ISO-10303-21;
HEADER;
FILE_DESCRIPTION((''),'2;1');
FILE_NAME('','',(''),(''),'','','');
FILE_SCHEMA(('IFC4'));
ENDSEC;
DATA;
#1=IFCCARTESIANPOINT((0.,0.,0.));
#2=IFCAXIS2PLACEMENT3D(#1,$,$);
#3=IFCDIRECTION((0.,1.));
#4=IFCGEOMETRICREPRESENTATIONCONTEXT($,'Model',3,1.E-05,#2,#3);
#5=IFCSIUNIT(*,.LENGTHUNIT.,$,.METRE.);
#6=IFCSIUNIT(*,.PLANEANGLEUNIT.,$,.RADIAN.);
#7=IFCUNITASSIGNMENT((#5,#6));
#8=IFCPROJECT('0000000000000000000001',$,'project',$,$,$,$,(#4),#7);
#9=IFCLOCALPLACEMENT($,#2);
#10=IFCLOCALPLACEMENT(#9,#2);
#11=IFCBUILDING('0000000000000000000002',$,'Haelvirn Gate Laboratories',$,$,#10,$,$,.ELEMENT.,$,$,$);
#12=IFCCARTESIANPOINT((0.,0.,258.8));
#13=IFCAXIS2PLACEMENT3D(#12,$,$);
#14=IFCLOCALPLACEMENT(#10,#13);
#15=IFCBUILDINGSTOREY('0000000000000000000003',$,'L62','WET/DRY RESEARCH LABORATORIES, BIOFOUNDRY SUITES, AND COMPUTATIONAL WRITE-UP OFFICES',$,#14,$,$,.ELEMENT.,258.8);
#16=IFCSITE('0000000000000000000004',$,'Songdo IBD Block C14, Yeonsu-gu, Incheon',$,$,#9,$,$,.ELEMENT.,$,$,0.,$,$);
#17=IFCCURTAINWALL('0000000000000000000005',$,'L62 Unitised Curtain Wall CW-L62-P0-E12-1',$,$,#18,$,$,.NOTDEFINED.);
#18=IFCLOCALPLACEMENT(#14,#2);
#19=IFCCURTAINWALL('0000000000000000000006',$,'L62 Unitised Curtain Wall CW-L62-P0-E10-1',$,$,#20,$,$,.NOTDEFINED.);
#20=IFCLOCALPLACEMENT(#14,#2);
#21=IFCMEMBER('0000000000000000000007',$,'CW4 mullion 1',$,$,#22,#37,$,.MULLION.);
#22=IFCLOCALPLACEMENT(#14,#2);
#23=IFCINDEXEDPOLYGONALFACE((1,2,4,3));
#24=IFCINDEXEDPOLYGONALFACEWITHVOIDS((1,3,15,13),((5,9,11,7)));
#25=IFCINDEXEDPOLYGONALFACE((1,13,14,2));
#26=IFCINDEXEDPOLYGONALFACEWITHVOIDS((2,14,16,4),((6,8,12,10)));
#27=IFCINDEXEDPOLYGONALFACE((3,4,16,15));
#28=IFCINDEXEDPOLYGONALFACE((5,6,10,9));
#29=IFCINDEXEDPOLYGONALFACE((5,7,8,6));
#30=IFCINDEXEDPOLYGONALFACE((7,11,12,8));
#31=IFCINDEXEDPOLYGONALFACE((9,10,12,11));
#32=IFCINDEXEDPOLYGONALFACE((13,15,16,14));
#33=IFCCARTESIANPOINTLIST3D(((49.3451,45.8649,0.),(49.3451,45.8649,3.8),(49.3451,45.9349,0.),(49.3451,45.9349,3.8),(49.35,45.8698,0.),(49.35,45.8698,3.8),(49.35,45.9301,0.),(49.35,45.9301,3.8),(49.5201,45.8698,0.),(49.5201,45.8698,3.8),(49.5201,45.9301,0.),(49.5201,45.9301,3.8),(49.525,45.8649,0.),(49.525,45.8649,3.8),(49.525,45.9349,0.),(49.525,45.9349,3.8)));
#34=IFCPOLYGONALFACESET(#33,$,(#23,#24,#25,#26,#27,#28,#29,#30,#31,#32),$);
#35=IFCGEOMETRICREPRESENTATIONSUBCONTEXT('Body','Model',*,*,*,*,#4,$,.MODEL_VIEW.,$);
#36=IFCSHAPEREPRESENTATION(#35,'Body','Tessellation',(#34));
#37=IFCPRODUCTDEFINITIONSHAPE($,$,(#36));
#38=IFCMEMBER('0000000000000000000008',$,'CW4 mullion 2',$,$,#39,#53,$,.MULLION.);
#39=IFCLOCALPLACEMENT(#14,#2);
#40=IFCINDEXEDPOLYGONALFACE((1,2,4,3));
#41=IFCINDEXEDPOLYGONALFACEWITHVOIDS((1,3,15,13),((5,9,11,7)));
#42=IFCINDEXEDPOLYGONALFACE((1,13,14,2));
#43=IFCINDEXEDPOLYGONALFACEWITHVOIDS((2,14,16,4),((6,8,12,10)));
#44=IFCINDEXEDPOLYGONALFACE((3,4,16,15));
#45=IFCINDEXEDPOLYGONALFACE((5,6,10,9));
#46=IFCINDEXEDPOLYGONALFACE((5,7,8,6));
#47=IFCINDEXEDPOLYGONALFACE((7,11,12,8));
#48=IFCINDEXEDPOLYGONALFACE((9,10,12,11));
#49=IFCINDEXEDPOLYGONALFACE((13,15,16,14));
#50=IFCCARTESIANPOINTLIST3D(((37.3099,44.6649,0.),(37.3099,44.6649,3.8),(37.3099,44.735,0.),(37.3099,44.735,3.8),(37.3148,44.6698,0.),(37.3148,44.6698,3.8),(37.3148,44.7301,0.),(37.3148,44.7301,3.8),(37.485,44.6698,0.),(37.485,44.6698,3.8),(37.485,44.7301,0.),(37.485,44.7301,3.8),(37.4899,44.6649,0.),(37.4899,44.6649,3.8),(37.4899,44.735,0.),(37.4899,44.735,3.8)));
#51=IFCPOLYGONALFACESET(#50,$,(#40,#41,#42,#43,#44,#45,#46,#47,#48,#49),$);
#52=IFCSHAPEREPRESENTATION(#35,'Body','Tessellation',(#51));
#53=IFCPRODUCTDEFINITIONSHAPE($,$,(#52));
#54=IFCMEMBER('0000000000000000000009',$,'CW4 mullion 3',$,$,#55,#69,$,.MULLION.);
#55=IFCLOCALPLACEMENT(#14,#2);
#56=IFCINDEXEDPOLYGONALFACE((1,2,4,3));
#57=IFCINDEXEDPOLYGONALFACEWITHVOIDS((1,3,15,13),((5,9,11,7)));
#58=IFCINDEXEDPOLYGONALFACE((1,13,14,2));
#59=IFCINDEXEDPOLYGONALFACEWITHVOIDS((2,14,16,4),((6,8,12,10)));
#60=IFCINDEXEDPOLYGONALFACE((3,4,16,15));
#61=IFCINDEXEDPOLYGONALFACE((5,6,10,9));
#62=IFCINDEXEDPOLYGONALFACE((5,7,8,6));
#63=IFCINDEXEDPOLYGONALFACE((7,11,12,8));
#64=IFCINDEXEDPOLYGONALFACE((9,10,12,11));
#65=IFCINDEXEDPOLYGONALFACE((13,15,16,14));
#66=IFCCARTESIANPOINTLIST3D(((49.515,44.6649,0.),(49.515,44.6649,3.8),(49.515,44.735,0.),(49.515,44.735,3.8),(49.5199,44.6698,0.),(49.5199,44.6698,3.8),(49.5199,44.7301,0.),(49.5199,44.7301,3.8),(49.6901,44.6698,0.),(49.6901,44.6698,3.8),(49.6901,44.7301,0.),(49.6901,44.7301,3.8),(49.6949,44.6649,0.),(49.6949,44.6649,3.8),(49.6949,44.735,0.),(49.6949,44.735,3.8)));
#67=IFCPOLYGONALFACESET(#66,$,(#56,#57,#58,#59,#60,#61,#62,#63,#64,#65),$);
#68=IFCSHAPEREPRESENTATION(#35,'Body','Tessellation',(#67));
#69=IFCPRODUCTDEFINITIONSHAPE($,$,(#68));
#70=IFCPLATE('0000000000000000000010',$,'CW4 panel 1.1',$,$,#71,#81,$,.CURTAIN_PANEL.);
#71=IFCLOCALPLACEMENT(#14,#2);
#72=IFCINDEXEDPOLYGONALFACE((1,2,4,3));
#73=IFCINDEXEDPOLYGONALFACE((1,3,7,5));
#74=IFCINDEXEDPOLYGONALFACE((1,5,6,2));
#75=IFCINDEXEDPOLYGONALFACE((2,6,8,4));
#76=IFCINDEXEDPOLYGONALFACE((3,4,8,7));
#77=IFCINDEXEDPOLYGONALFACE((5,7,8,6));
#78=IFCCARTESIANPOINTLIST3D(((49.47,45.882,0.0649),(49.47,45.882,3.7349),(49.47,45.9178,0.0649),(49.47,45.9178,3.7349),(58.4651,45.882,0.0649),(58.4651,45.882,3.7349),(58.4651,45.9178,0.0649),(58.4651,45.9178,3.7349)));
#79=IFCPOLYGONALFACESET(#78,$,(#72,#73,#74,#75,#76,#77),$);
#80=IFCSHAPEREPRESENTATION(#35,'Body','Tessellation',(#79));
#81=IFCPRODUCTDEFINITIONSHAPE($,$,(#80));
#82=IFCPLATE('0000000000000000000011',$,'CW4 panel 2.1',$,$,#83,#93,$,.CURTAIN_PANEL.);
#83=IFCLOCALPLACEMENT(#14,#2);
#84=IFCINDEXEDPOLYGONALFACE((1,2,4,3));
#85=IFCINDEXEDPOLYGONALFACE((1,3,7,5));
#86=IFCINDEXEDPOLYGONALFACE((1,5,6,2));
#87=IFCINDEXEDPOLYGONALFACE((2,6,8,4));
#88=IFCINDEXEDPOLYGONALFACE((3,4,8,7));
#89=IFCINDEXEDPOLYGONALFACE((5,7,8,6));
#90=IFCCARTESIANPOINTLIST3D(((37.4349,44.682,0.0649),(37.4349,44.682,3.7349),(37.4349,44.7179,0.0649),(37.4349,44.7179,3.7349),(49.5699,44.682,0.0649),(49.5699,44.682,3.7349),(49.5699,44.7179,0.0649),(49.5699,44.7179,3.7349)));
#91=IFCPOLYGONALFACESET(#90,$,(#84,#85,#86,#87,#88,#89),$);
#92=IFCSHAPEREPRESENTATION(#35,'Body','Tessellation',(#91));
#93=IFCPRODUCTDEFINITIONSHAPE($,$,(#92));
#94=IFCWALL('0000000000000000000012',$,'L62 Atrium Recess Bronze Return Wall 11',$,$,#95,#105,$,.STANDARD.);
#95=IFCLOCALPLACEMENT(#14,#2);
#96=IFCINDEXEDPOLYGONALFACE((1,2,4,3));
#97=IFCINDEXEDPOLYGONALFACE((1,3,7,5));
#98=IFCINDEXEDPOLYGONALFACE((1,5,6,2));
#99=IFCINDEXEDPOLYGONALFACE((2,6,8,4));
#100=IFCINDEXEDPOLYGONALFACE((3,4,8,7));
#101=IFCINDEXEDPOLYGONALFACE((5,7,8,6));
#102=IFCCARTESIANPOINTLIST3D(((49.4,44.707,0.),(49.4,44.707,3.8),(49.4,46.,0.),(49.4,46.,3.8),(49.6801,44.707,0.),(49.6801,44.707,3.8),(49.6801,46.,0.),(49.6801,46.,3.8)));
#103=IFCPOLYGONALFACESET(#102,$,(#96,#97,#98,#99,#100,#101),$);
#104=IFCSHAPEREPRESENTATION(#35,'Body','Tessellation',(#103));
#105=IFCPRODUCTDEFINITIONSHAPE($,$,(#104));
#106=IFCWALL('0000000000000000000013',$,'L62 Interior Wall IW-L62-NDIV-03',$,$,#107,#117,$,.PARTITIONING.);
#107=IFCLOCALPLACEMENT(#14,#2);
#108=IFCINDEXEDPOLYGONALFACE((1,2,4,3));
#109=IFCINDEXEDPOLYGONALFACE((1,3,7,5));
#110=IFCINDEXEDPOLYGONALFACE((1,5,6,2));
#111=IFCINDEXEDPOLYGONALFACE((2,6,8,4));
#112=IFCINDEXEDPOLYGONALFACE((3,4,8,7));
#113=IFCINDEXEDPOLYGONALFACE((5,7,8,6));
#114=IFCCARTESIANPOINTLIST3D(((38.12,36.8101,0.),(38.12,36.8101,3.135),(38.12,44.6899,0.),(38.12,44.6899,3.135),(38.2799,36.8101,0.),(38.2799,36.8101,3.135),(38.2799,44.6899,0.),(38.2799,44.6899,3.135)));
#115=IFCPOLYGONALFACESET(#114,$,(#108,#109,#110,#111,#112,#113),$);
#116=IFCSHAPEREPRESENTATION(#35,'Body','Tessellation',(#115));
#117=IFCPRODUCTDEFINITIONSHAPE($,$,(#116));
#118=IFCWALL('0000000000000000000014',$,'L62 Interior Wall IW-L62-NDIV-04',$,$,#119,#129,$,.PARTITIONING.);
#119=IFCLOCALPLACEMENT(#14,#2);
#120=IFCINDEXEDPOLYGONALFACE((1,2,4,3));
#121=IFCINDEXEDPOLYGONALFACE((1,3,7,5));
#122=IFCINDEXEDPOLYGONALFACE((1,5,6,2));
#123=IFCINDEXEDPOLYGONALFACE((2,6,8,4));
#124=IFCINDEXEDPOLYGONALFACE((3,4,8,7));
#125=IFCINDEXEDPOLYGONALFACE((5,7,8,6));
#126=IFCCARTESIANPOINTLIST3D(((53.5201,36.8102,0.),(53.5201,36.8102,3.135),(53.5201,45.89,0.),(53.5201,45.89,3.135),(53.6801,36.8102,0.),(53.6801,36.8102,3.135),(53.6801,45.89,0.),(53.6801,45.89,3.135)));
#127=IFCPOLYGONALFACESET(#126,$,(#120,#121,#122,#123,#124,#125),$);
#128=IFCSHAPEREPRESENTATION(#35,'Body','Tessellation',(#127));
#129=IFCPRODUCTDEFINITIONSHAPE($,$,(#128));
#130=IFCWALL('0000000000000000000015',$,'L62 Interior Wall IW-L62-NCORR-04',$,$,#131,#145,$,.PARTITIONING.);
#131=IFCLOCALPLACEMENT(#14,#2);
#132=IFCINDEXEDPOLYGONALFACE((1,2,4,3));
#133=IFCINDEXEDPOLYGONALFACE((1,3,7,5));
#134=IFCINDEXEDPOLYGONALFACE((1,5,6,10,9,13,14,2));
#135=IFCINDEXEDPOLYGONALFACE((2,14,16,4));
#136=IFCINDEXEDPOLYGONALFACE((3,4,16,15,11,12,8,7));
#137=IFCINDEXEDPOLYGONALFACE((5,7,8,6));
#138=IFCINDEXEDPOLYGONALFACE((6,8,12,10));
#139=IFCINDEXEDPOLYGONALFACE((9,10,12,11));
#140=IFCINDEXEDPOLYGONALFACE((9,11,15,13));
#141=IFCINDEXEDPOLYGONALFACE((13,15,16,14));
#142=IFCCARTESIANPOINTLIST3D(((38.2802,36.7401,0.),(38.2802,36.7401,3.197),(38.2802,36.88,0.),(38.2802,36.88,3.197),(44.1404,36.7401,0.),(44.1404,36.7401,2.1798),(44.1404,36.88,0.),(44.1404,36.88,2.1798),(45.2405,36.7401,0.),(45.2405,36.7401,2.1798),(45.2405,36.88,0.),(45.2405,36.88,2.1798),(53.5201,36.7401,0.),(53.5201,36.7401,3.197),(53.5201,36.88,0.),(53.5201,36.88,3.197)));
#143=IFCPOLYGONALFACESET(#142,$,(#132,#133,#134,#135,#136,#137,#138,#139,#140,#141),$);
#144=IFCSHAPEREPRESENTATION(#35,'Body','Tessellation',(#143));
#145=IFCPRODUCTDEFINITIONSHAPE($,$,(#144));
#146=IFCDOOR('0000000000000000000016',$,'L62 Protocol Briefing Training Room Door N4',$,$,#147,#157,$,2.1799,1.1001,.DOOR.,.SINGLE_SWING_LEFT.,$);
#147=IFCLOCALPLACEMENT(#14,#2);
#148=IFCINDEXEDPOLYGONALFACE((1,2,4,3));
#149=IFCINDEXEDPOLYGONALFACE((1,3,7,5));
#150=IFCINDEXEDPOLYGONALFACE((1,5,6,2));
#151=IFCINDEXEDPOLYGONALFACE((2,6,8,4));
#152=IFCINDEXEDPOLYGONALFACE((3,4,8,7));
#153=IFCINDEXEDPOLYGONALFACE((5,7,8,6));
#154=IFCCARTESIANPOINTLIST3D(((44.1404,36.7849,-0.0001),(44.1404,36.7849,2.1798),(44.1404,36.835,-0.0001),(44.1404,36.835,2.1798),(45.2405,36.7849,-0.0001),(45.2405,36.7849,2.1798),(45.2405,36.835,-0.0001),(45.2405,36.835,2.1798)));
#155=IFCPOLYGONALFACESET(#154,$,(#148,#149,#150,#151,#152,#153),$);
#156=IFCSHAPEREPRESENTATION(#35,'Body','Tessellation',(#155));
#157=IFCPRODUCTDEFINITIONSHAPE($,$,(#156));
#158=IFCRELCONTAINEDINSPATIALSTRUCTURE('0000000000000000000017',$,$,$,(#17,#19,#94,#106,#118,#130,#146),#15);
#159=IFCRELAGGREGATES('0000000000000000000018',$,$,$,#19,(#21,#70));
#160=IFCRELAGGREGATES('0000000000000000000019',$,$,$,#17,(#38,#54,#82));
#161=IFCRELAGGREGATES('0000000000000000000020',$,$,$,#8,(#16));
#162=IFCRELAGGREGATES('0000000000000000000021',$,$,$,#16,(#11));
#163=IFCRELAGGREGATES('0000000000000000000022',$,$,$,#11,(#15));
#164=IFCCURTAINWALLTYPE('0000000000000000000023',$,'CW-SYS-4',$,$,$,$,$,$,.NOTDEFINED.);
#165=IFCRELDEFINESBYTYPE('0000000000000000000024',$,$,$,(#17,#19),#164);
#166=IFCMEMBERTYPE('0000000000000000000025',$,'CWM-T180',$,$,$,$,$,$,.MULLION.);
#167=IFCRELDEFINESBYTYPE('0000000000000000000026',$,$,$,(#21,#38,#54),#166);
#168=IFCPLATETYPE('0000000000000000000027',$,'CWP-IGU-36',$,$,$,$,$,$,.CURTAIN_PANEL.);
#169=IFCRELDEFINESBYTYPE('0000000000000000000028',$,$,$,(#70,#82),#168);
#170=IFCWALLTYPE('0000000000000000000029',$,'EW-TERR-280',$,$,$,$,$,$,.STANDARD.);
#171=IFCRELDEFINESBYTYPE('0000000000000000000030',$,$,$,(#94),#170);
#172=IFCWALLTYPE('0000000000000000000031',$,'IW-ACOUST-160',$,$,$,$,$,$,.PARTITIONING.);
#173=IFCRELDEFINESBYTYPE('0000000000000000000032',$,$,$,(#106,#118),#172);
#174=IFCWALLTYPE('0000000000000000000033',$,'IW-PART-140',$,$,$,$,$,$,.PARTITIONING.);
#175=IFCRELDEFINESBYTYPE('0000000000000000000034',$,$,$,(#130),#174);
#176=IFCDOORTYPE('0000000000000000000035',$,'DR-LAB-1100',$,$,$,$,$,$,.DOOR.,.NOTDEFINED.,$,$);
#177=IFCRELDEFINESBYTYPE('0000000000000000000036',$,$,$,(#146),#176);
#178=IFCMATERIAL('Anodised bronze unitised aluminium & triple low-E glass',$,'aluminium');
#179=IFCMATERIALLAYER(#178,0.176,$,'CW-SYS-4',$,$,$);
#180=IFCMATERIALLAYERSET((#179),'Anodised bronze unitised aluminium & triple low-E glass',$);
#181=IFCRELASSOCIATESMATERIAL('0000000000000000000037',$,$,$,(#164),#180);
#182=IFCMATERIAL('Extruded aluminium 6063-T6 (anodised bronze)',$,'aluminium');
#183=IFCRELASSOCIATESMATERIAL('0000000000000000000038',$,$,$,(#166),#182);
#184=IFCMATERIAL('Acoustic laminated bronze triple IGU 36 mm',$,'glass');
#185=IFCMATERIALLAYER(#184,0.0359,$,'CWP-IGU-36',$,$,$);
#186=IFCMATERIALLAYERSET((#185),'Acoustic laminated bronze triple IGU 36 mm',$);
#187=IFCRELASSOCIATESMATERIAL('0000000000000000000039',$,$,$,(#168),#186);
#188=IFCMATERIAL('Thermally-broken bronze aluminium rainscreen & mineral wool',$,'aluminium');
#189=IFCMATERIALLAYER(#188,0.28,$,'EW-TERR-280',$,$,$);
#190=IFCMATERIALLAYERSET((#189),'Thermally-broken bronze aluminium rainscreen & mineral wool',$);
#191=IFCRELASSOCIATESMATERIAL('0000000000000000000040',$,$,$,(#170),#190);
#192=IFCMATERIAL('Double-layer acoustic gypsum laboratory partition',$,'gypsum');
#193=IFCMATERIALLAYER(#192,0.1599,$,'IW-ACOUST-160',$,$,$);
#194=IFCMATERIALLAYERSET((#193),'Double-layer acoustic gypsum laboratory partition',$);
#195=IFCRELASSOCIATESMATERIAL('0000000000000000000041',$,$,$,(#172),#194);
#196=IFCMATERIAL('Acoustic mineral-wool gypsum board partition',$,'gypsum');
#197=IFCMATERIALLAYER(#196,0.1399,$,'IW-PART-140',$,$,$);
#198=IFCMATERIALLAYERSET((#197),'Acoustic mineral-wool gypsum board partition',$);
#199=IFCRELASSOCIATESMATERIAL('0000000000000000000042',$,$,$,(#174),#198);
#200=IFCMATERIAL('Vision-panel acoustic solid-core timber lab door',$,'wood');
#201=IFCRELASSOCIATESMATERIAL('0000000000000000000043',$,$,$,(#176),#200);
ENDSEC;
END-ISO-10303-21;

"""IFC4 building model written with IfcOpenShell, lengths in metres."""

from ifc_helpers import new_model, si_unit, direction, frame, frame_2d, origin, origin_2d, place, context, subcontext, project, spatial, rectangle, hollow_rectangle, extrude, source, transform, mapped, material, layer, layer_set, material_profile, profile_set, type_object, type_shapes, element, fill, aggregate, save


model = new_model("IFC4")

# Units and contexts
model_context = context("Model", 3, precision=1e-05, world=origin(), true_north=direction((0.0, 1.0)))
body_context = subcontext(model_context, "Body", "Model", "MODEL_VIEW")
ifc_project = project(units=[si_unit("LENGTHUNIT", "METRE"), si_unit("PLANEANGLEUNIT", "RADIAN")], contexts=[model_context])

# Site, building, storey
site_placement = place(None, origin())
site = spatial("IfcSite", under=ifc_project, at=site_placement, Name="Songdo IBD Block C14, Yeonsu-gu, Incheon", CompositionType="ELEMENT", RefElevation=0.0)
building_placement = place(site_placement, origin())
building = spatial("IfcBuilding", under=site, at=building_placement, Name="Haelvirn Gate Laboratories", CompositionType="ELEMENT")
storey_placement = place(building_placement, frame((0.0, 0.0, 258.8)))
storey = spatial("IfcBuildingStorey", under=building, at=storey_placement, Name="L62", Description="WET/DRY RESEARCH LABORATORIES, BIOFOUNDRY SUITES, AND COMPUTATIONAL WRITE-UP OFFICES", CompositionType="ELEMENT", Elevation=258.8)

# Curtain walls, member
ifc_material_1 = material(Name="Anodised bronze unitised aluminium & triple low-E glass", Category="aluminium")
ifc_layer_1 = layer(ifc_material_1, 0.176, Name="CW-SYS-4")
ifc_layer_set_1 = layer_set([ifc_layer_1], Name="Anodised bronze unitised aluminium & triple low-E glass")
curtain_wall_type = type_object("IfcCurtainWallType", Name="CW-SYS-4", PredefinedType="NOTDEFINED", material=ifc_layer_set_1)
curtain_wall_1_placement = place(storey_placement, origin())
curtain_wall_1 = element("IfcCurtainWall", 1, at=curtain_wall_1_placement, inside=storey, type_object=curtain_wall_type, Name="L62 Unitised Curtain Wall CW-L62-P0-E12-1", PredefinedType="NOTDEFINED")
ifc_material_2 = material(Name="Extruded aluminium 6063-T6 (anodised bronze)", Category="aluminium")
curtain_wall_2_placement = place(storey_placement, origin())
curtain_wall_2 = element("IfcCurtainWall", 2, at=curtain_wall_2_placement, inside=storey, type_object=curtain_wall_type, Name="L62 Unitised Curtain Wall CW-L62-P0-E10-1", PredefinedType="NOTDEFINED")
ifc_material_profile_1 = material_profile(ifc_material_2, hollow_rectangle(XDim=0.0701, YDim=0.1799, WallThickness=0.0049, at=origin_2d()), Name="CWM-180x70x5")
ifc_profile_set_1 = profile_set([ifc_material_profile_1], Name="Extruded aluminium 6063-T6 (anodised bronze)")
member_type_1 = type_object("IfcMemberType", Name="CWM-T180", PredefinedType="MULLION", material=ifc_profile_set_1)
shared_shape_1 = source(origin(), body_context, "Body", "SweptSolid", [
    extrude(hollow_rectangle(XDim=0.0701, YDim=0.1799, WallThickness=0.0049, at=origin_2d()), origin(), (0.0, 0.0, 1.0), 3.8),
])
type_shapes(member_type_1, [shared_shape_1])
member_1_placement = place(storey_placement, frame((49.4351, 45.8999, 0.0), z_axis=(0.0, 0.0, 1.0), x_axis=(0.0, 1.0, 0.0)))
member_1 = element("IfcMember", 3, at=member_1_placement, type_object=member_type_1, Name="CW4 mullion 1", PredefinedType="MULLION", context=body_context, shape_type="MappedRepresentation", body=[
    mapped(shared_shape_1, transform((0.0, 0.0, 0.0), scale=1.0)),
])

# Members
member_2_placement = place(storey_placement, frame((37.3999, 44.7, 0.0), z_axis=(0.0, 0.0, 1.0), x_axis=(0.0, 1.0, 0.0)))
member_2 = element("IfcMember", 4, at=member_2_placement, type_object=member_type_1, Name="CW4 mullion 2", PredefinedType="MULLION", context=body_context, shape_type="MappedRepresentation", body=[
    mapped(shared_shape_1, transform((0.0, 0.0, 0.0), scale=1.0)),
])
member_3_placement = place(storey_placement, frame((49.605, 44.7, 0.0), z_axis=(0.0, 0.0, 1.0), x_axis=(0.0, 1.0, 0.0)))
member_3 = element("IfcMember", 5, at=member_3_placement, type_object=member_type_1, Name="CW4 mullion 3", PredefinedType="MULLION", context=body_context, shape_type="MappedRepresentation", body=[
    mapped(shared_shape_1, transform((0.0, 0.0, 0.0), scale=1.0)),
])

# Plates
ifc_material_3 = material(Name="Acoustic laminated bronze triple IGU 36 mm", Category="glass")
ifc_layer_2 = layer(ifc_material_3, 0.0359, Name="CWP-IGU-36")
ifc_layer_set_2 = layer_set([ifc_layer_2], Name="Acoustic laminated bronze triple IGU 36 mm")
plate_type = type_object("IfcPlateType", Name="CWP-IGU-36", PredefinedType="CURTAIN_PANEL", material=ifc_layer_set_2)
shared_shape_2 = source(origin(), body_context, "Body", "SweptSolid", [
    extrude(rectangle(XDim=8.9951, YDim=0.0359, at=origin_2d()), origin(), (0.0, 0.0, 1.0), 3.6699),
])
plate_1_placement = place(storey_placement, frame((53.9675, 45.8999, 0.0649), z_axis=(0.0, 0.0, 1.0), x_axis=(1.0, 0.0, 0.0)))
plate_1 = element("IfcPlate", 6, at=plate_1_placement, type_object=plate_type, Name="CW4 panel 1.1", PredefinedType="CURTAIN_PANEL", context=body_context, shape_type="MappedRepresentation", body=[
    mapped(shared_shape_2, transform((0.0, 0.0, 0.0), scale=1.0)),
])
aggregate(curtain_wall_2, [member_1, plate_1])
shared_shape_3 = source(origin(), body_context, "Body", "SweptSolid", [
    extrude(rectangle(XDim=12.135, YDim=0.0359, at=origin_2d()), origin(), (0.0, 0.0, 1.0), 3.6699),
])
type_shapes(plate_type, [shared_shape_2, shared_shape_3])
plate_2_placement = place(storey_placement, frame((43.5024, 44.7, 0.0649), z_axis=(0.0, 0.0, 1.0), x_axis=(1.0, 0.0, 0.0)))
plate_2 = element("IfcPlate", 7, at=plate_2_placement, type_object=plate_type, Name="CW4 panel 2.1", PredefinedType="CURTAIN_PANEL", context=body_context, shape_type="MappedRepresentation", body=[
    mapped(shared_shape_3, transform((0.0, 0.0, 0.0), scale=1.0)),
])
aggregate(curtain_wall_1, [member_2, member_3, plate_2])

# Walls
ifc_material_4 = material(Name="Thermally-broken bronze aluminium rainscreen & mineral wool", Category="aluminium")
ifc_layer_3 = layer(ifc_material_4, 0.28, Name="EW-TERR-280")
ifc_layer_set_3 = layer_set([ifc_layer_3], Name="Thermally-broken bronze aluminium rainscreen & mineral wool")
wall_type_1 = type_object("IfcWallType", Name="EW-TERR-280", PredefinedType="STANDARD", material=ifc_layer_set_3)
wall_1_placement = place(storey_placement, frame((49.54, 46.0, 0.0), z_axis=(0.0, 0.0, 1.0), x_axis=(0.0, -1.0, 0.0)))
element("IfcWall", 8, at=wall_1_placement, inside=storey, type_object=wall_type_1, Name="L62 Atrium Recess Bronze Return Wall 11", PredefinedType="STANDARD", context=body_context, shape_type="SweptSolid", body=[
    extrude(rectangle(XDim=1.293, YDim=0.28, at=frame_2d((0.6465, 0.0))), origin(), (0.0, 0.0, 1.0), 3.8),
])
ifc_material_5 = material(Name="Double-layer acoustic gypsum laboratory partition", Category="gypsum")
ifc_layer_4 = layer(ifc_material_5, 0.1599, Name="IW-ACOUST-160")
ifc_layer_set_4 = layer_set([ifc_layer_4], Name="Double-layer acoustic gypsum laboratory partition")
wall_type_2 = type_object("IfcWallType", Name="IW-ACOUST-160", PredefinedType="PARTITIONING", material=ifc_layer_set_4)
wall_2_placement = place(storey_placement, frame((38.2, 36.8101, 0.0), z_axis=(0.0, 0.0, 1.0), x_axis=(0.0, 1.0, 0.0)))
element("IfcWall", 9, at=wall_2_placement, inside=storey, type_object=wall_type_2, Name="L62 Interior Wall IW-L62-NDIV-03", PredefinedType="PARTITIONING", context=body_context, shape_type="SweptSolid", body=[
    extrude(rectangle(XDim=7.8799, YDim=0.1599, at=frame_2d((3.9399, 0.0))), origin(), (0.0, 0.0, 1.0), 3.135),
])
wall_3_placement = place(storey_placement, frame((53.6001, 36.8101, 0.0), z_axis=(0.0, 0.0, 1.0), x_axis=(0.0, 1.0, 0.0)))
element("IfcWall", 10, at=wall_3_placement, inside=storey, type_object=wall_type_2, Name="L62 Interior Wall IW-L62-NDIV-04", PredefinedType="PARTITIONING", context=body_context, shape_type="SweptSolid", body=[
    extrude(rectangle(XDim=9.0798, YDim=0.1599, at=frame_2d((4.54, 0.0))), origin(), (0.0, 0.0, 1.0), 3.135),
])

# Wall, opening, door
ifc_material_6 = material(Name="Acoustic mineral-wool gypsum board partition", Category="gypsum")
ifc_layer_5 = layer(ifc_material_6, 0.1399, Name="IW-PART-140")
ifc_layer_set_5 = layer_set([ifc_layer_5], Name="Acoustic mineral-wool gypsum board partition")
wall_type_3 = type_object("IfcWallType", Name="IW-PART-140", PredefinedType="PARTITIONING", material=ifc_layer_set_5)
wall_4_placement = place(storey_placement, frame((38.28, 36.8101, 0.0), z_axis=(0.0, 0.0, 1.0), x_axis=(1.0, 0.0, 0.0)))
wall_4 = element("IfcWall", 11, at=wall_4_placement, inside=storey, type_object=wall_type_3, Name="L62 Interior Wall IW-L62-NCORR-04", PredefinedType="PARTITIONING", context=body_context, shape_type="SweptSolid", body=[
    extrude(rectangle(XDim=15.24, YDim=0.1399, at=frame_2d((7.6201, 0.0))), origin(), (0.0, 0.0, 1.0), 3.197),
])
opening_1_placement = place(wall_4_placement, frame((5.8604, 0.0, 0.0)))
opening_1 = element("IfcOpeningElement", 12, at=opening_1_placement, cuts=wall_4, PredefinedType="OPENING", context=body_context, shape_type="SweptSolid", body=[
    extrude(rectangle(XDim=1.1001, YDim=2.1799, at=frame_2d((0.55, 1.0898))), frame((0.0, 0.0801, 0.0), z_axis=(0.0, -1.0, 0.0), x_axis=(1.0, 0.0, 0.0)), (0.0, 0.0, 1.0), 0.1599),
])
ifc_material_7 = material(Name="Vision-panel acoustic solid-core timber lab door", Category="wood")
door_type = type_object("IfcDoorType", Name="DR-LAB-1100", OperationType="NOTDEFINED", PredefinedType="DOOR", material=ifc_material_7)
shared_shape_4 = source(origin(), body_context, "Body", "SweptSolid", [
    extrude(rectangle(XDim=1.1001, YDim=2.1799, at=frame_2d((0.55, 1.0898))), frame((0.0, 0.0249, 0.0), z_axis=(0.0, -1.0, 0.0), x_axis=(1.0, 0.0, 0.0)), (0.0, 0.0, 1.0), 0.05),
])
type_shapes(door_type, [shared_shape_4])
door_1_placement = place(opening_1_placement, origin())
door_1 = element("IfcDoor", 13, at=door_1_placement, inside=storey, type_object=door_type, Name="L62 Protocol Briefing Training Room Door N4", OperationType="SINGLE_SWING_LEFT", OverallHeight=2.1799, OverallWidth=1.1001, PredefinedType="DOOR", context=body_context, shape_type="MappedRepresentation", body=[
    mapped(shared_shape_4, transform((0.0, 0.0, 0.0), scale=1.0)),
])
fill(opening_1, door_1)

save(model, "model.ifc")
